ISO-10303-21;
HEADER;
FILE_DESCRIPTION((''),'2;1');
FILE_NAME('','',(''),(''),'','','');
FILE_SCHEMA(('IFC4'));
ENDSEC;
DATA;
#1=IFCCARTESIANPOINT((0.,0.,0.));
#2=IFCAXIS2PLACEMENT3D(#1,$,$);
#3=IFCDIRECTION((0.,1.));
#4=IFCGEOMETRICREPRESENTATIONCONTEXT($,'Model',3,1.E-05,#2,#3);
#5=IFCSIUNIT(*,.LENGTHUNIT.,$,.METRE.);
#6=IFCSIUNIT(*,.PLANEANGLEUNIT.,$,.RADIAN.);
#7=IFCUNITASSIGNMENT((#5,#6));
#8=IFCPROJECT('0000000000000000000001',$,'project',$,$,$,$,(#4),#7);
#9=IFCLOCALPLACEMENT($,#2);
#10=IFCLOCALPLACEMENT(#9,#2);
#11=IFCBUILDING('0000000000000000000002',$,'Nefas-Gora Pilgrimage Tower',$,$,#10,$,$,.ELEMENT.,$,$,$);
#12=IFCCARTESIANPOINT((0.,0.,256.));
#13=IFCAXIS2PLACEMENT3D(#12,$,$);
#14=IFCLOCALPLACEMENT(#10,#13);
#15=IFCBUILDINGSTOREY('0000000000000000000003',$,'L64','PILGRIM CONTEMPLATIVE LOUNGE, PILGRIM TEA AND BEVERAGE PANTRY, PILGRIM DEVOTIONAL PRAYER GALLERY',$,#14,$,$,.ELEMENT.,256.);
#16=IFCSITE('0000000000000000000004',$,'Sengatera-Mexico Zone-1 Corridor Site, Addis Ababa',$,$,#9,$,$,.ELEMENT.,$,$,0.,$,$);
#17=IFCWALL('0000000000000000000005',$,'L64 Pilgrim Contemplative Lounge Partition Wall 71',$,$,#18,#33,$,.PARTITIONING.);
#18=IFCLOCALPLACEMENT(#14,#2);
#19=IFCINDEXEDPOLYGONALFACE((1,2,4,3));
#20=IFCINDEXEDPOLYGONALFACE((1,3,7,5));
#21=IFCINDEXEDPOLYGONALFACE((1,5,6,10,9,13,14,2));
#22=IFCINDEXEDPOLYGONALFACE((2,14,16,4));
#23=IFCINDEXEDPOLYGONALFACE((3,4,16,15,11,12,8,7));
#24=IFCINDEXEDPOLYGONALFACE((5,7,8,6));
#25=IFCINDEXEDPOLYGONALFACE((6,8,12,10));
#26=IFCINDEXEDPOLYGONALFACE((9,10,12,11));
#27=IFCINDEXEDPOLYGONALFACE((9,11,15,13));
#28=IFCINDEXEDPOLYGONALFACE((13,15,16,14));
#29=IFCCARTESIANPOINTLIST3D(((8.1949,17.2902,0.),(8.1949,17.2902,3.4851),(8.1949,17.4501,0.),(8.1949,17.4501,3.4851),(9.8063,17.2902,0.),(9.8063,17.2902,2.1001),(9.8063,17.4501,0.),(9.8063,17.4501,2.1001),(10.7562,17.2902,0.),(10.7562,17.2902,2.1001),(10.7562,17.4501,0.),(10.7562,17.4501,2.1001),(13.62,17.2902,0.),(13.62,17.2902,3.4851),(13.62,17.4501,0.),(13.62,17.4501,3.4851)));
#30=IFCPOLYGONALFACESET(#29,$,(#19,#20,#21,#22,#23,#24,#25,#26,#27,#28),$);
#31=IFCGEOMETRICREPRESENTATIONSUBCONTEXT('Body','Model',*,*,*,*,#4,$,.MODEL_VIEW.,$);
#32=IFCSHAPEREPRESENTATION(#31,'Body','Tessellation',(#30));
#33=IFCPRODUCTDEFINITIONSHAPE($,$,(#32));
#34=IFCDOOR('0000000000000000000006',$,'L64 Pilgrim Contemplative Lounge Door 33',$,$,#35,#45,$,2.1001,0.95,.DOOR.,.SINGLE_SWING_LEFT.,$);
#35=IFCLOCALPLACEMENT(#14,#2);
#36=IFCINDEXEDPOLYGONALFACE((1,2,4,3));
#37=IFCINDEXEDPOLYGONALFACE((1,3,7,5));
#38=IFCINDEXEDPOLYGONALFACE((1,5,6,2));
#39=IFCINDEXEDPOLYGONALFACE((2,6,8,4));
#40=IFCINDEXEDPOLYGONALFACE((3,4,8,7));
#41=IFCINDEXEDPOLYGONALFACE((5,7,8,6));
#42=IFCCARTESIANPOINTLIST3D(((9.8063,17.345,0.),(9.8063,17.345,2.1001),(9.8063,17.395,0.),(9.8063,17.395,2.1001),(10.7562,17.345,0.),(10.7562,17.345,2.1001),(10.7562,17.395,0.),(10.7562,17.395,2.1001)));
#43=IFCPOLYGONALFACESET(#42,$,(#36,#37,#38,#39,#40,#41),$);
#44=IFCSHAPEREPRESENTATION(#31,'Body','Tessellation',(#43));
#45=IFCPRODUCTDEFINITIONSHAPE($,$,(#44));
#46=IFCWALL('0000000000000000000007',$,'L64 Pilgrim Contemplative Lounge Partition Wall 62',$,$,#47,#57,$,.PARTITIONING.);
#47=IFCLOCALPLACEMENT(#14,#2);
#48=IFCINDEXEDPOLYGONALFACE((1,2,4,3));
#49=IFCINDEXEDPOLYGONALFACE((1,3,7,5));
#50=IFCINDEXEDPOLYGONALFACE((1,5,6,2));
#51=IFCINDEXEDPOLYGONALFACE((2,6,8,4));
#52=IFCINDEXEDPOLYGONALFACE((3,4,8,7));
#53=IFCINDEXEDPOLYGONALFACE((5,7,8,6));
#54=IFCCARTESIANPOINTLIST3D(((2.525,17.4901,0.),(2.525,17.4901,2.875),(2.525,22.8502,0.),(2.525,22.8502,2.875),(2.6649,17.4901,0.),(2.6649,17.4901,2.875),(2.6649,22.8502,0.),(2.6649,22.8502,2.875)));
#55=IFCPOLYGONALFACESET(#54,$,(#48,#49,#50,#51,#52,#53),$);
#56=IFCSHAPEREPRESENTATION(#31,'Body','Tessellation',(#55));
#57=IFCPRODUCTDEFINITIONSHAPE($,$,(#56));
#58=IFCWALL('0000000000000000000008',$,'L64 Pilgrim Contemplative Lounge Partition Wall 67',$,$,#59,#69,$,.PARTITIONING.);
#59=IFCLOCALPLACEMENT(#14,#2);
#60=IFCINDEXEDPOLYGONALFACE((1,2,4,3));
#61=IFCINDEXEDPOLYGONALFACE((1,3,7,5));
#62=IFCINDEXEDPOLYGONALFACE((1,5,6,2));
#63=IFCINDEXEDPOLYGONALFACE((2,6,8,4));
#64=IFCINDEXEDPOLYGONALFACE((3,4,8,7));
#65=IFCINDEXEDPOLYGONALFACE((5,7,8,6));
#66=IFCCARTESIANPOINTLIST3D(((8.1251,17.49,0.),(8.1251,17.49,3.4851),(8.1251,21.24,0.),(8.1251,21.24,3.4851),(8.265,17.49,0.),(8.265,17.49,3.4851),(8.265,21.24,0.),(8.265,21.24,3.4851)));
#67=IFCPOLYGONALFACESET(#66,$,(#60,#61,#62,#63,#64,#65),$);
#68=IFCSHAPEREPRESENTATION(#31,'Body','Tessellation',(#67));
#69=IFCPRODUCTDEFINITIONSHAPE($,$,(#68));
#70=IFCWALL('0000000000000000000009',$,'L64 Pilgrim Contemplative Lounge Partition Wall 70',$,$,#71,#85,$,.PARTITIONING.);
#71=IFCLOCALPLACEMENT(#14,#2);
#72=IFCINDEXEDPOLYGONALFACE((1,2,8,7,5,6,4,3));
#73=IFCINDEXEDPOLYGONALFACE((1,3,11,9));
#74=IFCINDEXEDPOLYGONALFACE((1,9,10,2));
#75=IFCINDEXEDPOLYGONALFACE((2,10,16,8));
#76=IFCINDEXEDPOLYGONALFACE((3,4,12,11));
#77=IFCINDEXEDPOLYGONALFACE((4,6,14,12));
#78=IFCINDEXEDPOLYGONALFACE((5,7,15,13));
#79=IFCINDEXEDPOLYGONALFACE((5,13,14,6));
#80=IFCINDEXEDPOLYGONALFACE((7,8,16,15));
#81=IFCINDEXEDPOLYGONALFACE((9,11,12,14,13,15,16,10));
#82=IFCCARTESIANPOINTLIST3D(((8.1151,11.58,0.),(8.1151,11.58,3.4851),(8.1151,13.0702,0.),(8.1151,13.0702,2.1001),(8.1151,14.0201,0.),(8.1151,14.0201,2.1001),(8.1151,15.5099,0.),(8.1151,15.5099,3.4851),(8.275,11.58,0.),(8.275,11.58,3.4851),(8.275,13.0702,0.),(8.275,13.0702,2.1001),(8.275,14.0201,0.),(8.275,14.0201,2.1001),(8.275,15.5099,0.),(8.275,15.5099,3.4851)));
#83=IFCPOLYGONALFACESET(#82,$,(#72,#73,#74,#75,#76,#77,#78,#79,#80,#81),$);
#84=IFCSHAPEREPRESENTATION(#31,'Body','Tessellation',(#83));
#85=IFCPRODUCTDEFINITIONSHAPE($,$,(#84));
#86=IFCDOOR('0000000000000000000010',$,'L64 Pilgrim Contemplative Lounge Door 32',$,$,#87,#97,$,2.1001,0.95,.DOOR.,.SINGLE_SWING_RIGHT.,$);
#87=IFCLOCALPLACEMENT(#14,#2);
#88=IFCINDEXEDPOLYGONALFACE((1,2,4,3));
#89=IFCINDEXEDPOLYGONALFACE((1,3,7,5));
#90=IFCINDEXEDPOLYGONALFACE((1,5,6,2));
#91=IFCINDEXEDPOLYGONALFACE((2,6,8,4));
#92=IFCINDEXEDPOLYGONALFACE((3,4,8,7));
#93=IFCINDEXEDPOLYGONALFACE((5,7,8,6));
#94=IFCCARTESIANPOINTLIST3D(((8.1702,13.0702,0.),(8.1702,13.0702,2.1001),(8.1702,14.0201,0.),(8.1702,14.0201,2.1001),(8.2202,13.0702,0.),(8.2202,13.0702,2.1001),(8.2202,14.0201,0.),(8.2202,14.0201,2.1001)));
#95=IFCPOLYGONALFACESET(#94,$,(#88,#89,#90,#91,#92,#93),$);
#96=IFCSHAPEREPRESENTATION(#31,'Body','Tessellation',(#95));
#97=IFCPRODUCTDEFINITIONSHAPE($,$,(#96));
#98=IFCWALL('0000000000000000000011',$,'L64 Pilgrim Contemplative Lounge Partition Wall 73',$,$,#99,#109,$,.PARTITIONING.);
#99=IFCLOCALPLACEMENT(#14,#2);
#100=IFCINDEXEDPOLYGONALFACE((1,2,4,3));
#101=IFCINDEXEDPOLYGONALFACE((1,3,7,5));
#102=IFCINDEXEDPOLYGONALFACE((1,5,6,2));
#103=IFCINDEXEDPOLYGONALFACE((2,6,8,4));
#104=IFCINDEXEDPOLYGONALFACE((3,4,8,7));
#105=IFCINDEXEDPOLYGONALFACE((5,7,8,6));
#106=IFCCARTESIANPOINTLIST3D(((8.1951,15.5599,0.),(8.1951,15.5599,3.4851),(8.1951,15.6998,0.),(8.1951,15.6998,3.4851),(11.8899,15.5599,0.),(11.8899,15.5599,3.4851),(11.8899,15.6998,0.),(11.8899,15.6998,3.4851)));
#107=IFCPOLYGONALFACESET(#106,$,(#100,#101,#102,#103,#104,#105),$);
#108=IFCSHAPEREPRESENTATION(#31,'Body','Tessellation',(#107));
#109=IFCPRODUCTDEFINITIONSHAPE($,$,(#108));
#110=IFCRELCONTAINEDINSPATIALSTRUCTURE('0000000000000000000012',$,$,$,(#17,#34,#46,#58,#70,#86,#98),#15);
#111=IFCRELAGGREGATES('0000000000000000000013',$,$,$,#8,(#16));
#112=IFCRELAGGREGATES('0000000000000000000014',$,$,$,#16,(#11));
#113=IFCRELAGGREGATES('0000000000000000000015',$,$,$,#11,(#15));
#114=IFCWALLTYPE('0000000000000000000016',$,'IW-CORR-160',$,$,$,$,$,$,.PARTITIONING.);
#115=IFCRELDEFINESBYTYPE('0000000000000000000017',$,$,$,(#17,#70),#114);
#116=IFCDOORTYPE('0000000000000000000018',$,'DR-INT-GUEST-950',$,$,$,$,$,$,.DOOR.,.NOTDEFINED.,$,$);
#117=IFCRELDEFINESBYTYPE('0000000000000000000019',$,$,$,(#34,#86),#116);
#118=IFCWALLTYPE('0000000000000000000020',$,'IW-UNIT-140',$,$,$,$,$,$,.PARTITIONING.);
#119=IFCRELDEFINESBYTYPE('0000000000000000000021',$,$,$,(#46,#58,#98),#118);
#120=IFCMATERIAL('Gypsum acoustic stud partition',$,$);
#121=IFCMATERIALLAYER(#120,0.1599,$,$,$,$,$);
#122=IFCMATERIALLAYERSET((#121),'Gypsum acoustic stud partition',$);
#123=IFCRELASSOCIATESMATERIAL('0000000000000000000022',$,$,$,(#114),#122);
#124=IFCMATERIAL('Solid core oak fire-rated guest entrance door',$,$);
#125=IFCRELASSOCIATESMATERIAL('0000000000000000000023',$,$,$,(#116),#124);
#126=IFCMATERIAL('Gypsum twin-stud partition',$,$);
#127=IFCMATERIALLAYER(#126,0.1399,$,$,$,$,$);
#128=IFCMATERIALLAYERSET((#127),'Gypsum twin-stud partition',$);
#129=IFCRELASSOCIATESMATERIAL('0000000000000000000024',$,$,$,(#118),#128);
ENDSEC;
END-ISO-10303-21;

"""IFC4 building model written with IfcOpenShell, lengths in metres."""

from ifc_helpers import new_model, si_unit, direction, frame, frame_2d, origin, place, context, subcontext, project, spatial, rectangle, extrude, source, transform, mapped, material, layer, layer_set, type_object, element, fill, save


model = new_model("IFC4")

# Units and contexts
model_context = context("Model", 3, precision=1e-05, world=origin(), true_north=direction((0.0, 1.0)))
body_context = subcontext(model_context, "Body", "Model", "MODEL_VIEW")
ifc_project = project(units=[si_unit("LENGTHUNIT", "METRE"), si_unit("PLANEANGLEUNIT", "RADIAN")], contexts=[model_context])

# Site, building, storey
site_placement = place(None, origin())
site = spatial("IfcSite", under=ifc_project, at=site_placement, Name="Sengatera-Mexico Zone-1 Corridor Site, Addis Ababa", CompositionType="ELEMENT", RefElevation=0.0)
building_placement = place(site_placement, origin())
building = spatial("IfcBuilding", under=site, at=building_placement, Name="Nefas-Gora Pilgrimage Tower", CompositionType="ELEMENT")
storey_placement = place(building_placement, frame((0.0, 0.0, 256.0)))
storey = spatial("IfcBuildingStorey", under=building, at=storey_placement, Name="L64", Description="PILGRIM CONTEMPLATIVE LOUNGE, PILGRIM TEA AND BEVERAGE PANTRY, PILGRIM DEVOTIONAL PRAYER GALLERY", CompositionType="ELEMENT", Elevation=256.0)

# Wall, opening, door
ifc_material_1 = material(Name="Gypsum acoustic stud partition")
ifc_layer_1 = layer(ifc_material_1, 0.1599)
ifc_layer_set_1 = layer_set([ifc_layer_1], Name="Gypsum acoustic stud partition")
wall_type_1 = type_object("IfcWallType", Name="IW-CORR-160", PredefinedType="PARTITIONING", material=ifc_layer_set_1)
ifc_material_2 = material(Name="Solid core oak fire-rated guest entrance door")
door_type_1 = type_object("IfcDoorType", Name="DR-INT-GUEST-950", OperationType="NOTDEFINED", PredefinedType="DOOR", material=ifc_material_2)
shared_shape_1 = source(origin(), body_context, "Body", "SweptSolid", [
    extrude(rectangle(XDim=0.95, YDim=2.1001, at=frame_2d((0.4751, 1.05))), frame((0.0, 0.0249, 0.0), z_axis=(0.0, -1.0, 0.0), x_axis=(1.0, 0.0, 0.0)), (0.0, 0.0, 1.0), 0.05),
])
shared_shape_2 = source(origin(), body_context, "Body", "SweptSolid", [
    extrude(rectangle(XDim=5.425, YDim=0.1599, at=frame_2d((2.7124, 0.0))), origin(), (0.0, 0.0, 1.0), 3.4851),
])
wall_1_placement = place(storey_placement, frame((8.1951, 17.3701, 0.0), z_axis=(0.0, 0.0, 1.0), x_axis=(1.0, 0.0, 0.0)))
wall_1 = element("IfcWall", 1, at=wall_1_placement, inside=storey, type_object=wall_type_1, Name="L64 Pilgrim Contemplative Lounge Partition Wall 71", PredefinedType="PARTITIONING", context=body_context, shape_type="MappedRepresentation", body=[
    mapped(shared_shape_2, transform((0.0, 0.0, 0.0), x_axis=(1.0, 0.0, 0.0), y_axis=(0.0, 1.0, 0.0), z_axis=(0.0, 0.0, 1.0), scale=1.0)),
])
opening_1_placement = place(wall_1_placement, frame((1.6111, 0.0, 0.0)))
opening_1 = element("IfcOpeningElement", 2, at=opening_1_placement, cuts=wall_1, PredefinedType="OPENING", context=body_context, shape_type="SweptSolid", body=[
    extrude(rectangle(XDim=0.95, YDim=2.1001, at=frame_2d((0.4751, 1.05))), frame((0.0, 0.0898, 0.0), z_axis=(0.0, -1.0, 0.0), x_axis=(1.0, 0.0, 0.0)), (0.0, 0.0, 1.0), 0.1799),
])
door_1_placement = place(opening_1_placement, origin())
door_1 = element("IfcDoor", 3, at=door_1_placement, inside=storey, type_object=door_type_1, Name="L64 Pilgrim Contemplative Lounge Door 33", OperationType="SINGLE_SWING_LEFT", OverallHeight=2.1001, OverallWidth=0.95, PredefinedType="DOOR", context=body_context, shape_type="MappedRepresentation", body=[
    mapped(shared_shape_1, transform((0.0, 0.0, 0.0), x_axis=(1.0, 0.0, 0.0), y_axis=(0.0, 1.0, 0.0), z_axis=(0.0, 0.0, 1.0), scale=1.0)),
])
fill(opening_1, door_1)

# Walls
ifc_material_3 = material(Name="Gypsum twin-stud partition")
ifc_layer_2 = layer(ifc_material_3, 0.1399)
ifc_layer_set_2 = layer_set([ifc_layer_2], Name="Gypsum twin-stud partition")
wall_type_2 = type_object("IfcWallType", Name="IW-UNIT-140", PredefinedType="PARTITIONING", material=ifc_layer_set_2)
shared_shape_3 = source(origin(), body_context, "Body", "SweptSolid", [
    extrude(rectangle(XDim=5.3601, YDim=0.1399, at=frame_2d((2.6802, 0.0))), origin(), (0.0, 0.0, 1.0), 2.875),
])
wall_2_placement = place(storey_placement, frame((2.595, 17.49, 0.0), z_axis=(0.0, 0.0, 1.0), x_axis=(0.0, 1.0, 0.0)))
element("IfcWall", 4, at=wall_2_placement, inside=storey, type_object=wall_type_2, Name="L64 Pilgrim Contemplative Lounge Partition Wall 62", PredefinedType="PARTITIONING", context=body_context, shape_type="MappedRepresentation", body=[
    mapped(shared_shape_3, transform((0.0, 0.0, 0.0), x_axis=(1.0, 0.0, 0.0), y_axis=(0.0, 1.0, 0.0), z_axis=(0.0, 0.0, 1.0), scale=1.0)),
])
shared_shape_4 = source(origin(), body_context, "Body", "SweptSolid", [
    extrude(rectangle(XDim=3.75, YDim=0.1399, at=frame_2d((1.875, 0.0))), origin(), (0.0, 0.0, 1.0), 3.4851),
])
wall_3_placement = place(storey_placement, frame((8.1951, 17.49, 0.0), z_axis=(0.0, 0.0, 1.0), x_axis=(0.0, 1.0, 0.0)))
element("IfcWall", 5, at=wall_3_placement, inside=storey, type_object=wall_type_2, Name="L64 Pilgrim Contemplative Lounge Partition Wall 67", PredefinedType="PARTITIONING", context=body_context, shape_type="MappedRepresentation", body=[
    mapped(shared_shape_4, transform((0.0, 0.0, 0.0), x_axis=(1.0, 0.0, 0.0), y_axis=(0.0, 1.0, 0.0), z_axis=(0.0, 0.0, 1.0), scale=1.0)),
])

# Wall, opening, door
shared_shape_5 = source(origin(), body_context, "Body", "SweptSolid", [
    extrude(rectangle(XDim=3.9299, YDim=0.1599, at=frame_2d((1.9648, 0.0))), origin(), (0.0, 0.0, 1.0), 3.4851),
])
wall_4_placement = place(storey_placement, frame((8.1951, 11.5801, 0.0), z_axis=(0.0, 0.0, 1.0), x_axis=(0.0, 1.0, 0.0)))
wall_4 = element("IfcWall", 6, at=wall_4_placement, inside=storey, type_object=wall_type_1, Name="L64 Pilgrim Contemplative Lounge Partition Wall 70", PredefinedType="PARTITIONING", context=body_context, shape_type="MappedRepresentation", body=[
    mapped(shared_shape_5, transform((0.0, 0.0, 0.0), x_axis=(1.0, 0.0, 0.0), y_axis=(0.0, 1.0, 0.0), z_axis=(0.0, 0.0, 1.0), scale=1.0)),
])
opening_2_placement = place(wall_4_placement, frame((1.49, 0.0, 0.0)))
opening_2 = element("IfcOpeningElement", 7, at=opening_2_placement, cuts=wall_4, PredefinedType="OPENING", context=body_context, shape_type="SweptSolid", body=[
    extrude(rectangle(XDim=0.95, YDim=2.1001, at=frame_2d((0.4751, 1.05))), frame((0.0, 0.0898, 0.0), z_axis=(0.0, -1.0, 0.0), x_axis=(1.0, 0.0, 0.0)), (0.0, 0.0, 1.0), 0.1799),
])
door_2_placement = place(opening_2_placement, origin())
door_2 = element("IfcDoor", 8, at=door_2_placement, inside=storey, type_object=door_type_1, Name="L64 Pilgrim Contemplative Lounge Door 32", OperationType="SINGLE_SWING_RIGHT", OverallHeight=2.1001, OverallWidth=0.95, PredefinedType="DOOR", context=body_context, shape_type="MappedRepresentation", body=[
    mapped(shared_shape_1, transform((0.0, 0.0, 0.0), x_axis=(1.0, 0.0, 0.0), y_axis=(0.0, 1.0, 0.0), z_axis=(0.0, 0.0, 1.0), scale=1.0)),
])
fill(opening_2, door_2)

# Wall
shared_shape_6 = source(origin(), body_context, "Body", "SweptSolid", [
    extrude(rectangle(XDim=3.6948, YDim=0.1399, at=frame_2d((1.8474, 0.0))), origin(), (0.0, 0.0, 1.0), 3.4851),
])
wall_5_placement = place(storey_placement, frame((8.1951, 15.6299, 0.0), z_axis=(0.0, 0.0, 1.0), x_axis=(1.0, 0.0, 0.0)))
element("IfcWall", 9, at=wall_5_placement, inside=storey, type_object=wall_type_2, Name="L64 Pilgrim Contemplative Lounge Partition Wall 73", PredefinedType="PARTITIONING", context=body_context, shape_type="MappedRepresentation", body=[
    mapped(shared_shape_6, transform((0.0, 0.0, 0.0), x_axis=(1.0, 0.0, 0.0), y_axis=(0.0, 1.0, 0.0), z_axis=(0.0, 0.0, 1.0), scale=1.0)),
])

save(model, "model.ifc")
